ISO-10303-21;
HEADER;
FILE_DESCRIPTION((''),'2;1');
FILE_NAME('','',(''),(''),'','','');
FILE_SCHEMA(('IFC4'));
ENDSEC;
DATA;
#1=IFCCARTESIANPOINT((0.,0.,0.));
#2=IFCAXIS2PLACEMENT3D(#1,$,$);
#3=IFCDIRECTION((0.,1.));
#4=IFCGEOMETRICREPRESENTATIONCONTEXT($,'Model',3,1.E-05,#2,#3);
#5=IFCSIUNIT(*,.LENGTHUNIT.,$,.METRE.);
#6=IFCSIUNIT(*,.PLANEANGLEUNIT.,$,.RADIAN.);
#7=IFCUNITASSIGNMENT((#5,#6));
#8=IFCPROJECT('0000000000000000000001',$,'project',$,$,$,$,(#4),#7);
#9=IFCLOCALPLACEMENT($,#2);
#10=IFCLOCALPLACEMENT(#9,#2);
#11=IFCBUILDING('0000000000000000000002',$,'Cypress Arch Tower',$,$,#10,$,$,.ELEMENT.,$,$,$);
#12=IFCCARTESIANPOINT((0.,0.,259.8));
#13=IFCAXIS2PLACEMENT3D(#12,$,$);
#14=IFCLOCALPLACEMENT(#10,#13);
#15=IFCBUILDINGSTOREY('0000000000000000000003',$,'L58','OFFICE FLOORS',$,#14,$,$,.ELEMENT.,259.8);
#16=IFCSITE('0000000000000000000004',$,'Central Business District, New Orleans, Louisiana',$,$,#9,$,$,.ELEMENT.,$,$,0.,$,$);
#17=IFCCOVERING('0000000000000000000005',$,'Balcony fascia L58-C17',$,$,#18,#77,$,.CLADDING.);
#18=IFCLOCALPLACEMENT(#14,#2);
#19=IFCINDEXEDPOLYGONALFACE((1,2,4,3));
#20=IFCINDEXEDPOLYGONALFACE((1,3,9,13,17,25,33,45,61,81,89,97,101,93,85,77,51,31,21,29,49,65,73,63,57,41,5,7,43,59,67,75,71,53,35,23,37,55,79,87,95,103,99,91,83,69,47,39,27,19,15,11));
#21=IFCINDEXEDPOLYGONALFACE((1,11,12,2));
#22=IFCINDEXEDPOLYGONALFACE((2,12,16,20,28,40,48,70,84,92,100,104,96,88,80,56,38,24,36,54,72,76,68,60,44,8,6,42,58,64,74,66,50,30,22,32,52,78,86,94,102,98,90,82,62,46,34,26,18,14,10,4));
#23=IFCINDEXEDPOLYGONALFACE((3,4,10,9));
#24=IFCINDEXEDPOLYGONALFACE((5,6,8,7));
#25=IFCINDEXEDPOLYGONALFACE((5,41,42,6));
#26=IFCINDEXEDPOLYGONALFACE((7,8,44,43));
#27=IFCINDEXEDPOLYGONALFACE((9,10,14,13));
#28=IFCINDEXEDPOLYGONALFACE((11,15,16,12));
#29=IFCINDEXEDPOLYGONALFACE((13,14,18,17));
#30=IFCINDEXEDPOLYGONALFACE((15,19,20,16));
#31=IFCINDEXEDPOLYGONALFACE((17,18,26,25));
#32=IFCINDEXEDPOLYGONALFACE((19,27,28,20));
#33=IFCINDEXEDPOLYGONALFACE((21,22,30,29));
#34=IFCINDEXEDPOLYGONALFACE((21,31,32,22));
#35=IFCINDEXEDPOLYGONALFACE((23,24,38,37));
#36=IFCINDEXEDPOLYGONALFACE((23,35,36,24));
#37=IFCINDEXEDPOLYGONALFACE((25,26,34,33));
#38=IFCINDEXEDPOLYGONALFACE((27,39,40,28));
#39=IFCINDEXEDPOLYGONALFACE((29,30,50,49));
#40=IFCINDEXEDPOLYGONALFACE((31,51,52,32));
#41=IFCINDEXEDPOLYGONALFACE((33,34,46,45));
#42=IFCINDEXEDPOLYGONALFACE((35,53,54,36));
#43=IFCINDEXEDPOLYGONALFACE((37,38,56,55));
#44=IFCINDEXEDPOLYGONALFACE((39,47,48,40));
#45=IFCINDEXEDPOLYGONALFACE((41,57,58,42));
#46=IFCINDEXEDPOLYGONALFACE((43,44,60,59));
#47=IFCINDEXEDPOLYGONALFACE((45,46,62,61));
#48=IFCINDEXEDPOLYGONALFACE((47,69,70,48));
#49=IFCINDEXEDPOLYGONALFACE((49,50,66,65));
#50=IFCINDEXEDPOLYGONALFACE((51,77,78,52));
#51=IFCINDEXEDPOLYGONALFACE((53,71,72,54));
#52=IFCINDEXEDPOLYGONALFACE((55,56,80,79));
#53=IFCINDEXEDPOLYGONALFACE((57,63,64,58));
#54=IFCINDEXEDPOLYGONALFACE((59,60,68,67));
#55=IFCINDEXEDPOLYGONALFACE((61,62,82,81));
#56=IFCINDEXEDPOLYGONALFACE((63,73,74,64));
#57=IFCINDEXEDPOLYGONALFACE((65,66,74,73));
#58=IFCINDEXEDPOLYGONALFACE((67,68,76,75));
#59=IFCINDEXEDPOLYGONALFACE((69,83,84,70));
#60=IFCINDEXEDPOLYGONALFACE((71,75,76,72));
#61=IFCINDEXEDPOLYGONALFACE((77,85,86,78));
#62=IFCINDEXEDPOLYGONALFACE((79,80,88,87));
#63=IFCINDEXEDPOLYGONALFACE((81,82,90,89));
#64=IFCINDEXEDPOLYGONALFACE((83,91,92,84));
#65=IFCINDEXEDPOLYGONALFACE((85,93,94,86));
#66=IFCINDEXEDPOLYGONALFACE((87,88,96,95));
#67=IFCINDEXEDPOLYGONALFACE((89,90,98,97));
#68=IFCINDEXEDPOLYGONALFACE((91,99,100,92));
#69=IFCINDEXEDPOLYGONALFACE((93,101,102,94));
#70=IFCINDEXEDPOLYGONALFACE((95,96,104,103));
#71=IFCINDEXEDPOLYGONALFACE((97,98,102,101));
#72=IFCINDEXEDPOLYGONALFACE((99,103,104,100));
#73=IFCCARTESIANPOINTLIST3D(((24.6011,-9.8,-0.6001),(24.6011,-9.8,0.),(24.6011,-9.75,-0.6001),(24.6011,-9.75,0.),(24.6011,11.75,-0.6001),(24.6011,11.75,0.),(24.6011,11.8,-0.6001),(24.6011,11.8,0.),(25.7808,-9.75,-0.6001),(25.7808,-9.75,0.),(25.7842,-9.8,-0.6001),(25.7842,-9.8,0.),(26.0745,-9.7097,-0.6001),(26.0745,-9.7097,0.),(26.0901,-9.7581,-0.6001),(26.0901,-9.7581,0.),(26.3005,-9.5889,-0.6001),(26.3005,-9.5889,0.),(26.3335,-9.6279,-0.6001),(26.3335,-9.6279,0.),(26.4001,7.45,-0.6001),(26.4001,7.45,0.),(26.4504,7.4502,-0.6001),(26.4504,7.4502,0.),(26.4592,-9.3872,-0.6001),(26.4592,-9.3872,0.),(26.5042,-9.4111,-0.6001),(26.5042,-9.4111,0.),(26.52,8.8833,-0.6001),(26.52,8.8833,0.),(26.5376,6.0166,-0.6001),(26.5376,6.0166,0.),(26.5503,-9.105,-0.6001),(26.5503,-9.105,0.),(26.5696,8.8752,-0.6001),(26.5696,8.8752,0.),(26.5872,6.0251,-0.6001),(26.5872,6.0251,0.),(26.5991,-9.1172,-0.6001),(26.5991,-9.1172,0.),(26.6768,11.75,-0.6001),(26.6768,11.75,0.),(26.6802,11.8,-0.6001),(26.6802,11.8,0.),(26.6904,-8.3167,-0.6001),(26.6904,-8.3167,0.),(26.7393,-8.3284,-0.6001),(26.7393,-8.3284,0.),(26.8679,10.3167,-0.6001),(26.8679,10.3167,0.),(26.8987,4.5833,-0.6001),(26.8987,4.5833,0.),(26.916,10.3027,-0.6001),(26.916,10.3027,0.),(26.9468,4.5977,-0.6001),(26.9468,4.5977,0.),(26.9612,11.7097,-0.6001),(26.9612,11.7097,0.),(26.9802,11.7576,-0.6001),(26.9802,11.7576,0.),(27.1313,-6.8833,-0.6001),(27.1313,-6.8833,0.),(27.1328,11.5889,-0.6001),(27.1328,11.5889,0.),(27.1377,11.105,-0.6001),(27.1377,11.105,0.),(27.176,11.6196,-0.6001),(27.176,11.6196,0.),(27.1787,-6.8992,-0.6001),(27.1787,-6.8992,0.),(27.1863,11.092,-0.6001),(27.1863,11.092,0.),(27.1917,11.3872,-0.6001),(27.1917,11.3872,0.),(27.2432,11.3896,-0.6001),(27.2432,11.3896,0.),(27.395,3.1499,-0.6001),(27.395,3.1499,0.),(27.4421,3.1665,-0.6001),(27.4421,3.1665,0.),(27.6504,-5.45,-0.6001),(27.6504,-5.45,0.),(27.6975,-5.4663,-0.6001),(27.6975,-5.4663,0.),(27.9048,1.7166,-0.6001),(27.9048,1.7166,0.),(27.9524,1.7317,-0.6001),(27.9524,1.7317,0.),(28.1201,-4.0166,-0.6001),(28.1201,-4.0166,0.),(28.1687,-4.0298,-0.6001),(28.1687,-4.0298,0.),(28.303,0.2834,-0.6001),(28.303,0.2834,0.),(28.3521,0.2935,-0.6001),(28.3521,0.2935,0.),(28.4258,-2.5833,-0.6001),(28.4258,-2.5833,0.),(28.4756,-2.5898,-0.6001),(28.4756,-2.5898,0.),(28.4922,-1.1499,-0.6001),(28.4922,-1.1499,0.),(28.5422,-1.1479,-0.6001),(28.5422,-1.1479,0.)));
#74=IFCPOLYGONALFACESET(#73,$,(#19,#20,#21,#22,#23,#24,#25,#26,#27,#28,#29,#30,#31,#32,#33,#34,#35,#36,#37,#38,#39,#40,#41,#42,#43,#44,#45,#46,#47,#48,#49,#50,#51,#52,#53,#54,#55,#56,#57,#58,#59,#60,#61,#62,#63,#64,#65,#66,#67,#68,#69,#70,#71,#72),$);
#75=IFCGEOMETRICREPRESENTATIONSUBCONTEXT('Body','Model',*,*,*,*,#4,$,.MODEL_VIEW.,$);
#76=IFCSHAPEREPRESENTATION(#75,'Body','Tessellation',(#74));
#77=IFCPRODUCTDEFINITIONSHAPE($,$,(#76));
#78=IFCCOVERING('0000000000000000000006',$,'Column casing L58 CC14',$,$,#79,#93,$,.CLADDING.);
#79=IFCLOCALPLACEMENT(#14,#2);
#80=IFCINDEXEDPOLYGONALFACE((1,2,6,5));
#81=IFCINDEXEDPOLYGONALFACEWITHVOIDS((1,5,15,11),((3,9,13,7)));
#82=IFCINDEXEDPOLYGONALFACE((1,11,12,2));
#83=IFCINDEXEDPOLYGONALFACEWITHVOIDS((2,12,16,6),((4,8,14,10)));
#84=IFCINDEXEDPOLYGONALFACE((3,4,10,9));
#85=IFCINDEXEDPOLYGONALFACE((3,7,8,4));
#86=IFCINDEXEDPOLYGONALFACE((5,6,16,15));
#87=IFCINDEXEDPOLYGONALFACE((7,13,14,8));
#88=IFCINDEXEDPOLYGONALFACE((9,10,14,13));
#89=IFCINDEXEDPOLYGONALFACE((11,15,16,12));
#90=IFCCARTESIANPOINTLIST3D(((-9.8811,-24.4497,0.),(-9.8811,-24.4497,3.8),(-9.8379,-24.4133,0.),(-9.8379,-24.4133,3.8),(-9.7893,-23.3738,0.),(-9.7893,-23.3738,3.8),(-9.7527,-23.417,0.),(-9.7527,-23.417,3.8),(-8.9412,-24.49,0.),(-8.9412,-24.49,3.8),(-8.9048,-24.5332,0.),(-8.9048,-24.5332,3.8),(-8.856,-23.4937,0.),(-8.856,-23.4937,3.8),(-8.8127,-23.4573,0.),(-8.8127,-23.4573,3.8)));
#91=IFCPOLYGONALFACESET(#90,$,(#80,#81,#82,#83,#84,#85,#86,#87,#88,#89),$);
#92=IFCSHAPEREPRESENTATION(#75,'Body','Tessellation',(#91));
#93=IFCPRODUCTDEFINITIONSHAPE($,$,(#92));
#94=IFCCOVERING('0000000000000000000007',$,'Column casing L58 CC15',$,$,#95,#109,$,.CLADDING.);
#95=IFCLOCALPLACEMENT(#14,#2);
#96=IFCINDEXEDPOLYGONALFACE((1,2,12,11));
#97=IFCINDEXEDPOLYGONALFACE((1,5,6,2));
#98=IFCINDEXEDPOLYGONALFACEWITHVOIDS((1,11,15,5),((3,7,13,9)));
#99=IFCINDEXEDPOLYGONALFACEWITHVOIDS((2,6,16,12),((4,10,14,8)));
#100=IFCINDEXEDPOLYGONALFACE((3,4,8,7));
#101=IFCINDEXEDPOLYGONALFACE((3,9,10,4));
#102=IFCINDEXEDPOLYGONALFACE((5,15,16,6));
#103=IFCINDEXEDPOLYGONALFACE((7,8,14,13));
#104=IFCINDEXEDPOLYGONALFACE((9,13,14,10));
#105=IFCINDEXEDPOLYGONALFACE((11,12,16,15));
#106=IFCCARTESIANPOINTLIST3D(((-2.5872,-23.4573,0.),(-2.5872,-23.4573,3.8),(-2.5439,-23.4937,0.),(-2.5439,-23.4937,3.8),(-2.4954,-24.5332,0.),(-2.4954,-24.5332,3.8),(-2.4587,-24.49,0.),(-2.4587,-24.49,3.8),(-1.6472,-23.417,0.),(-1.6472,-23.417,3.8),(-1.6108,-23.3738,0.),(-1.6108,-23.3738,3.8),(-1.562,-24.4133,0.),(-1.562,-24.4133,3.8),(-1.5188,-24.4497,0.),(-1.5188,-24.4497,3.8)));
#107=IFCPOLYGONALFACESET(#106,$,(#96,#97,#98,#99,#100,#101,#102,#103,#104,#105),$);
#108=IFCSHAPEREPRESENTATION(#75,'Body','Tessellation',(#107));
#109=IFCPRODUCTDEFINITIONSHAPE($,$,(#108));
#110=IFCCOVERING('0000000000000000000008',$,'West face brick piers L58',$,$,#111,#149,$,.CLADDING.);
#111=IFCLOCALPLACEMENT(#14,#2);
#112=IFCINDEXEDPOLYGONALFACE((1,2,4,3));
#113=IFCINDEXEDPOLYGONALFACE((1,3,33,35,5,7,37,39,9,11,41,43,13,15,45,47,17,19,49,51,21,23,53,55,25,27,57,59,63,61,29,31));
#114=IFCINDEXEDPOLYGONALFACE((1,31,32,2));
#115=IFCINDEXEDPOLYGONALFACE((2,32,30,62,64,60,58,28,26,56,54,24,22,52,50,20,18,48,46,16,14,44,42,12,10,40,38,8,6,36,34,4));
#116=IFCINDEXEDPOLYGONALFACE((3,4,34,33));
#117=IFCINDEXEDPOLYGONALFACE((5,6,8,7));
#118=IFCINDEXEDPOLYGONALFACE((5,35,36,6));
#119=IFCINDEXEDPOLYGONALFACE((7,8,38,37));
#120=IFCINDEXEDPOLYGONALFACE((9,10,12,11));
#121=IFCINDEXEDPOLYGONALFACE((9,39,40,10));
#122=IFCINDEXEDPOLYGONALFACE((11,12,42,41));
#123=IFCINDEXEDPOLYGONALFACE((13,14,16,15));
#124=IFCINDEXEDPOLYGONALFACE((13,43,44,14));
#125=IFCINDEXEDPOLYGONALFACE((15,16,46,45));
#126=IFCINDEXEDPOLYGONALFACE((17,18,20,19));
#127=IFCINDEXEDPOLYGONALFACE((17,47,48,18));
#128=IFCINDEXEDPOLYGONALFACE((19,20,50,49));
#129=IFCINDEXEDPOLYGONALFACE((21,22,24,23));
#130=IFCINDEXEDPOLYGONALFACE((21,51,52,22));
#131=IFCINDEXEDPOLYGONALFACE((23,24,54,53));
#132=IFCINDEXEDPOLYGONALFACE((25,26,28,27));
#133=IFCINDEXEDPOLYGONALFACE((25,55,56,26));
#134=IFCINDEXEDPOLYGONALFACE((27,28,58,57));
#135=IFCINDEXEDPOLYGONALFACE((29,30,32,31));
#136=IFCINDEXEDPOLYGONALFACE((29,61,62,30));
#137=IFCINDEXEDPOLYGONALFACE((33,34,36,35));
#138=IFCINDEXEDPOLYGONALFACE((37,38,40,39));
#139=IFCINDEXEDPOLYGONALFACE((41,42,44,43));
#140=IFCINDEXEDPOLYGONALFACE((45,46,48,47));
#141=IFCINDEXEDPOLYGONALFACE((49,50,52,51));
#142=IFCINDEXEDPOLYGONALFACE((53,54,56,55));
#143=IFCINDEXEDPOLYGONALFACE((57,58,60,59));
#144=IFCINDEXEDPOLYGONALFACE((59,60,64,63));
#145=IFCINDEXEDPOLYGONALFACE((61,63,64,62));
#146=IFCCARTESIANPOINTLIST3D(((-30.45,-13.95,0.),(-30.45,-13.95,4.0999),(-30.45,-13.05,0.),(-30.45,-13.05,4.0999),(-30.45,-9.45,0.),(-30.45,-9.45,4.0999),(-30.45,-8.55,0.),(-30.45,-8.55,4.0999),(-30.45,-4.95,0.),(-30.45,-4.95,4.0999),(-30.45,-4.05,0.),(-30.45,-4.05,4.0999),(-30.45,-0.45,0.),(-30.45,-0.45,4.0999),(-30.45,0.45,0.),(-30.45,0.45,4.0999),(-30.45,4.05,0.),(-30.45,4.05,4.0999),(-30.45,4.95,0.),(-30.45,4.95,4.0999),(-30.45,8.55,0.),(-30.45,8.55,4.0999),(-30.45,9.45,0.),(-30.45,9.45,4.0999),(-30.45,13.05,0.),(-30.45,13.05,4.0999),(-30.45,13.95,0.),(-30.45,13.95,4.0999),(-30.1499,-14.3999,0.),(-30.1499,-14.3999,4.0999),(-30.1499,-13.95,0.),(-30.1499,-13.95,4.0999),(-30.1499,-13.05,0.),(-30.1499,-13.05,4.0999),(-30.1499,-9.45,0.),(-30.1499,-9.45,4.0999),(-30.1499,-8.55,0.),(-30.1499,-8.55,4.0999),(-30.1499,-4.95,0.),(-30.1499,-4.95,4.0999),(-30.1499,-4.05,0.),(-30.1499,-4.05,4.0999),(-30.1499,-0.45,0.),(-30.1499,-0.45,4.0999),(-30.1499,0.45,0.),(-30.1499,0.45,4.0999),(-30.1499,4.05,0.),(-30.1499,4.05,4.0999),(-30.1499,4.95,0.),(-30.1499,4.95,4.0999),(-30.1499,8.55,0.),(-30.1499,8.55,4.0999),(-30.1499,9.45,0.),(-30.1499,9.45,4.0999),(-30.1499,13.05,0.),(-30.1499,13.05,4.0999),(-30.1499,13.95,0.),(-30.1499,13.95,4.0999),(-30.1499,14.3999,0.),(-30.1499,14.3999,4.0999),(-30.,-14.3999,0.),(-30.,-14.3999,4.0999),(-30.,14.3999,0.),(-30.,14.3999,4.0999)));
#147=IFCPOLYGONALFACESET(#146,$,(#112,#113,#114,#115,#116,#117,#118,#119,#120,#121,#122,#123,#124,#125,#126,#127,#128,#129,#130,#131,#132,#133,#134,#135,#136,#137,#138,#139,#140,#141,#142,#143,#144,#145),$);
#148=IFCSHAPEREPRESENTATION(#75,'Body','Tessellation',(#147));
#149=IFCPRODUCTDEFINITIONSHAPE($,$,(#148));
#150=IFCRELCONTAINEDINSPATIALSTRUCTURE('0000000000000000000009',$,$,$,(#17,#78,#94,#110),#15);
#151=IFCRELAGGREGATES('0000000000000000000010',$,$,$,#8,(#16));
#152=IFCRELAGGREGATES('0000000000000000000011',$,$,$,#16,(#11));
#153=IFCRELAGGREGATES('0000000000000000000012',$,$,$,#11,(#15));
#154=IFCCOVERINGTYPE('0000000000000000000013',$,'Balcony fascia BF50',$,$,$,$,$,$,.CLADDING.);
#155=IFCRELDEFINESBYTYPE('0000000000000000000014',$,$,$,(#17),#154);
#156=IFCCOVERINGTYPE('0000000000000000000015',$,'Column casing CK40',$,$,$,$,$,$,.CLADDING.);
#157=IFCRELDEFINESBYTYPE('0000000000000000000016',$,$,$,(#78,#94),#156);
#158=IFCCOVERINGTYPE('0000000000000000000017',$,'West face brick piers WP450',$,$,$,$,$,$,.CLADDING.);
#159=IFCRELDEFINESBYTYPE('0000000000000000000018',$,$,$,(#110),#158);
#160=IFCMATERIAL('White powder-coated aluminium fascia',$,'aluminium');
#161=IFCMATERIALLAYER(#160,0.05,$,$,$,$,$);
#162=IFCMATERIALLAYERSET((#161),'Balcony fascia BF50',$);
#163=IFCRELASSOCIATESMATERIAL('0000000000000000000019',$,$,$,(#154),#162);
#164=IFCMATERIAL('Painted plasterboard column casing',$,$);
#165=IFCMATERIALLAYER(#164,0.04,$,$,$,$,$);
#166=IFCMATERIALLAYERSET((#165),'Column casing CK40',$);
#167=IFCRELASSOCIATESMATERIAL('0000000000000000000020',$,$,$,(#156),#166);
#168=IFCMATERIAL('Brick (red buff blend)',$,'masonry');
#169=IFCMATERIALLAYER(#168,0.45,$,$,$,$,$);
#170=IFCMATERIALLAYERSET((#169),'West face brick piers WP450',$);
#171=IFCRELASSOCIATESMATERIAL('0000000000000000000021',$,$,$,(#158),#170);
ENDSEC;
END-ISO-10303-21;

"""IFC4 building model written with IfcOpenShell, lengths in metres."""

from ifc_helpers import new_model, si_unit, direction, frame, origin, place, context, subcontext, project, spatial, polyline, outline, extrude, material, layer, layer_set, type_object, element, save


model = new_model("IFC4")

# Units and contexts
model_context = context("Model", 3, precision=1e-05, world=origin(), true_north=direction((0.0, 1.0)))
body_context = subcontext(model_context, "Body", "Model", "MODEL_VIEW")
ifc_project = project(units=[si_unit("LENGTHUNIT", "METRE"), si_unit("PLANEANGLEUNIT", "RADIAN")], contexts=[model_context])

# Site, building, storey
site_placement = place(None, origin())
site = spatial("IfcSite", under=ifc_project, at=site_placement, Name="Central Business District, New Orleans, Louisiana", CompositionType="ELEMENT", RefElevation=0.0)
building_placement = place(site_placement, origin())
building = spatial("IfcBuilding", under=site, at=building_placement, Name="Cypress Arch Tower", CompositionType="ELEMENT")
storey_placement = place(building_placement, frame((0.0, 0.0, 259.8)))
storey = spatial("IfcBuildingStorey", under=building, at=storey_placement, Name="L58", Description="OFFICE FLOORS", CompositionType="ELEMENT", Elevation=259.8)

# Coverings
ifc_material_1 = material(Name="White powder-coated aluminium fascia", Category="aluminium")
ifc_layer_1 = layer(ifc_material_1, 0.05)
ifc_layer_set_1 = layer_set([ifc_layer_1], Name="Balcony fascia BF50")
covering_type_1 = type_object("IfcCoveringType", Name="Balcony fascia BF50", PredefinedType="CLADDING", material=ifc_layer_set_1)
covering_1_placement = place(storey_placement, frame((0.0, 0.0, -0.6001)))
element("IfcCovering", 1, at=covering_1_placement, inside=storey, type_object=covering_type_1, Name="Balcony fascia L58-C17", PredefinedType="CLADDING", context=body_context, shape_type="SweptSolid", body=[
    extrude(outline(polyline([(26.6802, 11.8), (26.9802, 11.7576), (27.176, 11.6196), (27.2432, 11.3896), (27.1863, 11.092), (26.916, 10.3027), (26.5696, 8.8752), (26.4504, 7.4502), (26.5872, 6.0251), (26.9468, 4.5977), (27.4421, 3.1665), (27.9524, 1.7317), (28.3521, 0.2935), (28.5422, -1.1479), (28.4756, -2.5898), (28.1687, -4.0298), (27.6975, -5.4663), (27.1787, -6.8992), (26.7393, -8.3284), (26.5991, -9.1172), (26.5042, -9.4111), (26.3335, -9.6279), (26.0901, -9.7581), (25.7842, -9.8), (24.6011, -9.8), (24.6011, -9.75), (25.7808, -9.75), (26.0745, -9.7097), (26.3005, -9.5889), (26.4592, -9.3872), (26.5503, -9.105), (26.6904, -8.3167), (27.1313, -6.8833), (27.6504, -5.45), (28.1201, -4.0166), (28.4258, -2.5833), (28.4922, -1.1499), (28.303, 0.2834), (27.9048, 1.7166), (27.395, 3.1499), (26.8987, 4.5833), (26.5376, 6.0166), (26.4001, 7.45), (26.52, 8.8833), (26.8679, 10.3167), (27.1377, 11.105), (27.1917, 11.3872), (27.1328, 11.5889), (26.9612, 11.7097), (26.6768, 11.75), (24.6011, 11.75), (24.6011, 11.8), (26.6802, 11.8)])), origin(), (0.0, 0.0, 1.0), 0.6001),
])
ifc_material_2 = material(Name="Painted plasterboard column casing")
ifc_layer_2 = layer(ifc_material_2, 0.04)
ifc_layer_set_2 = layer_set([ifc_layer_2], Name="Column casing CK40")
covering_type_2 = type_object("IfcCoveringType", Name="Column casing CK40", PredefinedType="CLADDING", material=ifc_layer_set_2)
covering_2_placement = place(storey_placement, origin())
element("IfcCovering", 2, at=covering_2_placement, inside=storey, type_object=covering_type_2, Name="Column casing L58 CC14", PredefinedType="CLADDING", context=body_context, shape_type="SweptSolid", body=[
    extrude(outline(polyline([(-9.8811, -24.4497), (-9.7893, -23.3738), (-8.8127, -23.4573), (-8.9048, -24.5332), (-9.8811, -24.4497)]), holes=[polyline([(-9.8379, -24.4133), (-8.9412, -24.49), (-8.856, -23.4937), (-9.7527, -23.417), (-9.8379, -24.4133)])]), origin(), (0.0, 0.0, 1.0), 3.8),
])
covering_3_placement = place(storey_placement, origin())
element("IfcCovering", 3, at=covering_3_placement, inside=storey, type_object=covering_type_2, Name="Column casing L58 CC15", PredefinedType="CLADDING", context=body_context, shape_type="SweptSolid", body=[
    extrude(outline(polyline([(-2.4954, -24.5332), (-2.5872, -23.4573), (-1.6108, -23.3738), (-1.5188, -24.4497), (-2.4954, -24.5332)]), holes=[polyline([(-2.4587, -24.49), (-1.562, -24.4133), (-1.6472, -23.417), (-2.5439, -23.4937), (-2.4587, -24.49)])]), origin(), (0.0, 0.0, 1.0), 3.8),
])
ifc_material_3 = material(Name="Brick (red buff blend)", Category="masonry")
ifc_layer_3 = layer(ifc_material_3, 0.45)
ifc_layer_set_3 = layer_set([ifc_layer_3], Name="West face brick piers WP450")
covering_type_3 = type_object("IfcCoveringType", Name="West face brick piers WP450", PredefinedType="CLADDING", material=ifc_layer_set_3)
covering_4_placement = place(storey_placement, origin())
element("IfcCovering", 4, at=covering_4_placement, inside=storey, type_object=covering_type_3, Name="West face brick piers L58", PredefinedType="CLADDING", context=body_context, shape_type="SweptSolid", body=[
    extrude(outline(polyline([(-30.1499, -13.05), (-30.1499, -9.45), (-30.45, -9.45), (-30.45, -8.55), (-30.1499, -8.55), (-30.1499, -4.95), (-30.45, -4.95), (-30.45, -4.05), (-30.1499, -4.05), (-30.1499, -0.45), (-30.45, -0.45), (-30.45, 0.45), (-30.1499, 0.45), (-30.1499, 4.05), (-30.45, 4.05), (-30.45, 4.95), (-30.1499, 4.95), (-30.1499, 8.55), (-30.45, 8.55), (-30.45, 9.45), (-30.1499, 9.45), (-30.1499, 13.05), (-30.45, 13.05), (-30.45, 13.95), (-30.1499, 13.95), (-30.1499, 14.3999), (-30.0, 14.3999), (-30.0, -14.3999), (-30.1499, -14.3999), (-30.1499, -13.95), (-30.45, -13.95), (-30.45, -13.05), (-30.1499, -13.05)])), origin(), (0.0, 0.0, 1.0), 4.0999),
])

save(model, "model.ifc")
